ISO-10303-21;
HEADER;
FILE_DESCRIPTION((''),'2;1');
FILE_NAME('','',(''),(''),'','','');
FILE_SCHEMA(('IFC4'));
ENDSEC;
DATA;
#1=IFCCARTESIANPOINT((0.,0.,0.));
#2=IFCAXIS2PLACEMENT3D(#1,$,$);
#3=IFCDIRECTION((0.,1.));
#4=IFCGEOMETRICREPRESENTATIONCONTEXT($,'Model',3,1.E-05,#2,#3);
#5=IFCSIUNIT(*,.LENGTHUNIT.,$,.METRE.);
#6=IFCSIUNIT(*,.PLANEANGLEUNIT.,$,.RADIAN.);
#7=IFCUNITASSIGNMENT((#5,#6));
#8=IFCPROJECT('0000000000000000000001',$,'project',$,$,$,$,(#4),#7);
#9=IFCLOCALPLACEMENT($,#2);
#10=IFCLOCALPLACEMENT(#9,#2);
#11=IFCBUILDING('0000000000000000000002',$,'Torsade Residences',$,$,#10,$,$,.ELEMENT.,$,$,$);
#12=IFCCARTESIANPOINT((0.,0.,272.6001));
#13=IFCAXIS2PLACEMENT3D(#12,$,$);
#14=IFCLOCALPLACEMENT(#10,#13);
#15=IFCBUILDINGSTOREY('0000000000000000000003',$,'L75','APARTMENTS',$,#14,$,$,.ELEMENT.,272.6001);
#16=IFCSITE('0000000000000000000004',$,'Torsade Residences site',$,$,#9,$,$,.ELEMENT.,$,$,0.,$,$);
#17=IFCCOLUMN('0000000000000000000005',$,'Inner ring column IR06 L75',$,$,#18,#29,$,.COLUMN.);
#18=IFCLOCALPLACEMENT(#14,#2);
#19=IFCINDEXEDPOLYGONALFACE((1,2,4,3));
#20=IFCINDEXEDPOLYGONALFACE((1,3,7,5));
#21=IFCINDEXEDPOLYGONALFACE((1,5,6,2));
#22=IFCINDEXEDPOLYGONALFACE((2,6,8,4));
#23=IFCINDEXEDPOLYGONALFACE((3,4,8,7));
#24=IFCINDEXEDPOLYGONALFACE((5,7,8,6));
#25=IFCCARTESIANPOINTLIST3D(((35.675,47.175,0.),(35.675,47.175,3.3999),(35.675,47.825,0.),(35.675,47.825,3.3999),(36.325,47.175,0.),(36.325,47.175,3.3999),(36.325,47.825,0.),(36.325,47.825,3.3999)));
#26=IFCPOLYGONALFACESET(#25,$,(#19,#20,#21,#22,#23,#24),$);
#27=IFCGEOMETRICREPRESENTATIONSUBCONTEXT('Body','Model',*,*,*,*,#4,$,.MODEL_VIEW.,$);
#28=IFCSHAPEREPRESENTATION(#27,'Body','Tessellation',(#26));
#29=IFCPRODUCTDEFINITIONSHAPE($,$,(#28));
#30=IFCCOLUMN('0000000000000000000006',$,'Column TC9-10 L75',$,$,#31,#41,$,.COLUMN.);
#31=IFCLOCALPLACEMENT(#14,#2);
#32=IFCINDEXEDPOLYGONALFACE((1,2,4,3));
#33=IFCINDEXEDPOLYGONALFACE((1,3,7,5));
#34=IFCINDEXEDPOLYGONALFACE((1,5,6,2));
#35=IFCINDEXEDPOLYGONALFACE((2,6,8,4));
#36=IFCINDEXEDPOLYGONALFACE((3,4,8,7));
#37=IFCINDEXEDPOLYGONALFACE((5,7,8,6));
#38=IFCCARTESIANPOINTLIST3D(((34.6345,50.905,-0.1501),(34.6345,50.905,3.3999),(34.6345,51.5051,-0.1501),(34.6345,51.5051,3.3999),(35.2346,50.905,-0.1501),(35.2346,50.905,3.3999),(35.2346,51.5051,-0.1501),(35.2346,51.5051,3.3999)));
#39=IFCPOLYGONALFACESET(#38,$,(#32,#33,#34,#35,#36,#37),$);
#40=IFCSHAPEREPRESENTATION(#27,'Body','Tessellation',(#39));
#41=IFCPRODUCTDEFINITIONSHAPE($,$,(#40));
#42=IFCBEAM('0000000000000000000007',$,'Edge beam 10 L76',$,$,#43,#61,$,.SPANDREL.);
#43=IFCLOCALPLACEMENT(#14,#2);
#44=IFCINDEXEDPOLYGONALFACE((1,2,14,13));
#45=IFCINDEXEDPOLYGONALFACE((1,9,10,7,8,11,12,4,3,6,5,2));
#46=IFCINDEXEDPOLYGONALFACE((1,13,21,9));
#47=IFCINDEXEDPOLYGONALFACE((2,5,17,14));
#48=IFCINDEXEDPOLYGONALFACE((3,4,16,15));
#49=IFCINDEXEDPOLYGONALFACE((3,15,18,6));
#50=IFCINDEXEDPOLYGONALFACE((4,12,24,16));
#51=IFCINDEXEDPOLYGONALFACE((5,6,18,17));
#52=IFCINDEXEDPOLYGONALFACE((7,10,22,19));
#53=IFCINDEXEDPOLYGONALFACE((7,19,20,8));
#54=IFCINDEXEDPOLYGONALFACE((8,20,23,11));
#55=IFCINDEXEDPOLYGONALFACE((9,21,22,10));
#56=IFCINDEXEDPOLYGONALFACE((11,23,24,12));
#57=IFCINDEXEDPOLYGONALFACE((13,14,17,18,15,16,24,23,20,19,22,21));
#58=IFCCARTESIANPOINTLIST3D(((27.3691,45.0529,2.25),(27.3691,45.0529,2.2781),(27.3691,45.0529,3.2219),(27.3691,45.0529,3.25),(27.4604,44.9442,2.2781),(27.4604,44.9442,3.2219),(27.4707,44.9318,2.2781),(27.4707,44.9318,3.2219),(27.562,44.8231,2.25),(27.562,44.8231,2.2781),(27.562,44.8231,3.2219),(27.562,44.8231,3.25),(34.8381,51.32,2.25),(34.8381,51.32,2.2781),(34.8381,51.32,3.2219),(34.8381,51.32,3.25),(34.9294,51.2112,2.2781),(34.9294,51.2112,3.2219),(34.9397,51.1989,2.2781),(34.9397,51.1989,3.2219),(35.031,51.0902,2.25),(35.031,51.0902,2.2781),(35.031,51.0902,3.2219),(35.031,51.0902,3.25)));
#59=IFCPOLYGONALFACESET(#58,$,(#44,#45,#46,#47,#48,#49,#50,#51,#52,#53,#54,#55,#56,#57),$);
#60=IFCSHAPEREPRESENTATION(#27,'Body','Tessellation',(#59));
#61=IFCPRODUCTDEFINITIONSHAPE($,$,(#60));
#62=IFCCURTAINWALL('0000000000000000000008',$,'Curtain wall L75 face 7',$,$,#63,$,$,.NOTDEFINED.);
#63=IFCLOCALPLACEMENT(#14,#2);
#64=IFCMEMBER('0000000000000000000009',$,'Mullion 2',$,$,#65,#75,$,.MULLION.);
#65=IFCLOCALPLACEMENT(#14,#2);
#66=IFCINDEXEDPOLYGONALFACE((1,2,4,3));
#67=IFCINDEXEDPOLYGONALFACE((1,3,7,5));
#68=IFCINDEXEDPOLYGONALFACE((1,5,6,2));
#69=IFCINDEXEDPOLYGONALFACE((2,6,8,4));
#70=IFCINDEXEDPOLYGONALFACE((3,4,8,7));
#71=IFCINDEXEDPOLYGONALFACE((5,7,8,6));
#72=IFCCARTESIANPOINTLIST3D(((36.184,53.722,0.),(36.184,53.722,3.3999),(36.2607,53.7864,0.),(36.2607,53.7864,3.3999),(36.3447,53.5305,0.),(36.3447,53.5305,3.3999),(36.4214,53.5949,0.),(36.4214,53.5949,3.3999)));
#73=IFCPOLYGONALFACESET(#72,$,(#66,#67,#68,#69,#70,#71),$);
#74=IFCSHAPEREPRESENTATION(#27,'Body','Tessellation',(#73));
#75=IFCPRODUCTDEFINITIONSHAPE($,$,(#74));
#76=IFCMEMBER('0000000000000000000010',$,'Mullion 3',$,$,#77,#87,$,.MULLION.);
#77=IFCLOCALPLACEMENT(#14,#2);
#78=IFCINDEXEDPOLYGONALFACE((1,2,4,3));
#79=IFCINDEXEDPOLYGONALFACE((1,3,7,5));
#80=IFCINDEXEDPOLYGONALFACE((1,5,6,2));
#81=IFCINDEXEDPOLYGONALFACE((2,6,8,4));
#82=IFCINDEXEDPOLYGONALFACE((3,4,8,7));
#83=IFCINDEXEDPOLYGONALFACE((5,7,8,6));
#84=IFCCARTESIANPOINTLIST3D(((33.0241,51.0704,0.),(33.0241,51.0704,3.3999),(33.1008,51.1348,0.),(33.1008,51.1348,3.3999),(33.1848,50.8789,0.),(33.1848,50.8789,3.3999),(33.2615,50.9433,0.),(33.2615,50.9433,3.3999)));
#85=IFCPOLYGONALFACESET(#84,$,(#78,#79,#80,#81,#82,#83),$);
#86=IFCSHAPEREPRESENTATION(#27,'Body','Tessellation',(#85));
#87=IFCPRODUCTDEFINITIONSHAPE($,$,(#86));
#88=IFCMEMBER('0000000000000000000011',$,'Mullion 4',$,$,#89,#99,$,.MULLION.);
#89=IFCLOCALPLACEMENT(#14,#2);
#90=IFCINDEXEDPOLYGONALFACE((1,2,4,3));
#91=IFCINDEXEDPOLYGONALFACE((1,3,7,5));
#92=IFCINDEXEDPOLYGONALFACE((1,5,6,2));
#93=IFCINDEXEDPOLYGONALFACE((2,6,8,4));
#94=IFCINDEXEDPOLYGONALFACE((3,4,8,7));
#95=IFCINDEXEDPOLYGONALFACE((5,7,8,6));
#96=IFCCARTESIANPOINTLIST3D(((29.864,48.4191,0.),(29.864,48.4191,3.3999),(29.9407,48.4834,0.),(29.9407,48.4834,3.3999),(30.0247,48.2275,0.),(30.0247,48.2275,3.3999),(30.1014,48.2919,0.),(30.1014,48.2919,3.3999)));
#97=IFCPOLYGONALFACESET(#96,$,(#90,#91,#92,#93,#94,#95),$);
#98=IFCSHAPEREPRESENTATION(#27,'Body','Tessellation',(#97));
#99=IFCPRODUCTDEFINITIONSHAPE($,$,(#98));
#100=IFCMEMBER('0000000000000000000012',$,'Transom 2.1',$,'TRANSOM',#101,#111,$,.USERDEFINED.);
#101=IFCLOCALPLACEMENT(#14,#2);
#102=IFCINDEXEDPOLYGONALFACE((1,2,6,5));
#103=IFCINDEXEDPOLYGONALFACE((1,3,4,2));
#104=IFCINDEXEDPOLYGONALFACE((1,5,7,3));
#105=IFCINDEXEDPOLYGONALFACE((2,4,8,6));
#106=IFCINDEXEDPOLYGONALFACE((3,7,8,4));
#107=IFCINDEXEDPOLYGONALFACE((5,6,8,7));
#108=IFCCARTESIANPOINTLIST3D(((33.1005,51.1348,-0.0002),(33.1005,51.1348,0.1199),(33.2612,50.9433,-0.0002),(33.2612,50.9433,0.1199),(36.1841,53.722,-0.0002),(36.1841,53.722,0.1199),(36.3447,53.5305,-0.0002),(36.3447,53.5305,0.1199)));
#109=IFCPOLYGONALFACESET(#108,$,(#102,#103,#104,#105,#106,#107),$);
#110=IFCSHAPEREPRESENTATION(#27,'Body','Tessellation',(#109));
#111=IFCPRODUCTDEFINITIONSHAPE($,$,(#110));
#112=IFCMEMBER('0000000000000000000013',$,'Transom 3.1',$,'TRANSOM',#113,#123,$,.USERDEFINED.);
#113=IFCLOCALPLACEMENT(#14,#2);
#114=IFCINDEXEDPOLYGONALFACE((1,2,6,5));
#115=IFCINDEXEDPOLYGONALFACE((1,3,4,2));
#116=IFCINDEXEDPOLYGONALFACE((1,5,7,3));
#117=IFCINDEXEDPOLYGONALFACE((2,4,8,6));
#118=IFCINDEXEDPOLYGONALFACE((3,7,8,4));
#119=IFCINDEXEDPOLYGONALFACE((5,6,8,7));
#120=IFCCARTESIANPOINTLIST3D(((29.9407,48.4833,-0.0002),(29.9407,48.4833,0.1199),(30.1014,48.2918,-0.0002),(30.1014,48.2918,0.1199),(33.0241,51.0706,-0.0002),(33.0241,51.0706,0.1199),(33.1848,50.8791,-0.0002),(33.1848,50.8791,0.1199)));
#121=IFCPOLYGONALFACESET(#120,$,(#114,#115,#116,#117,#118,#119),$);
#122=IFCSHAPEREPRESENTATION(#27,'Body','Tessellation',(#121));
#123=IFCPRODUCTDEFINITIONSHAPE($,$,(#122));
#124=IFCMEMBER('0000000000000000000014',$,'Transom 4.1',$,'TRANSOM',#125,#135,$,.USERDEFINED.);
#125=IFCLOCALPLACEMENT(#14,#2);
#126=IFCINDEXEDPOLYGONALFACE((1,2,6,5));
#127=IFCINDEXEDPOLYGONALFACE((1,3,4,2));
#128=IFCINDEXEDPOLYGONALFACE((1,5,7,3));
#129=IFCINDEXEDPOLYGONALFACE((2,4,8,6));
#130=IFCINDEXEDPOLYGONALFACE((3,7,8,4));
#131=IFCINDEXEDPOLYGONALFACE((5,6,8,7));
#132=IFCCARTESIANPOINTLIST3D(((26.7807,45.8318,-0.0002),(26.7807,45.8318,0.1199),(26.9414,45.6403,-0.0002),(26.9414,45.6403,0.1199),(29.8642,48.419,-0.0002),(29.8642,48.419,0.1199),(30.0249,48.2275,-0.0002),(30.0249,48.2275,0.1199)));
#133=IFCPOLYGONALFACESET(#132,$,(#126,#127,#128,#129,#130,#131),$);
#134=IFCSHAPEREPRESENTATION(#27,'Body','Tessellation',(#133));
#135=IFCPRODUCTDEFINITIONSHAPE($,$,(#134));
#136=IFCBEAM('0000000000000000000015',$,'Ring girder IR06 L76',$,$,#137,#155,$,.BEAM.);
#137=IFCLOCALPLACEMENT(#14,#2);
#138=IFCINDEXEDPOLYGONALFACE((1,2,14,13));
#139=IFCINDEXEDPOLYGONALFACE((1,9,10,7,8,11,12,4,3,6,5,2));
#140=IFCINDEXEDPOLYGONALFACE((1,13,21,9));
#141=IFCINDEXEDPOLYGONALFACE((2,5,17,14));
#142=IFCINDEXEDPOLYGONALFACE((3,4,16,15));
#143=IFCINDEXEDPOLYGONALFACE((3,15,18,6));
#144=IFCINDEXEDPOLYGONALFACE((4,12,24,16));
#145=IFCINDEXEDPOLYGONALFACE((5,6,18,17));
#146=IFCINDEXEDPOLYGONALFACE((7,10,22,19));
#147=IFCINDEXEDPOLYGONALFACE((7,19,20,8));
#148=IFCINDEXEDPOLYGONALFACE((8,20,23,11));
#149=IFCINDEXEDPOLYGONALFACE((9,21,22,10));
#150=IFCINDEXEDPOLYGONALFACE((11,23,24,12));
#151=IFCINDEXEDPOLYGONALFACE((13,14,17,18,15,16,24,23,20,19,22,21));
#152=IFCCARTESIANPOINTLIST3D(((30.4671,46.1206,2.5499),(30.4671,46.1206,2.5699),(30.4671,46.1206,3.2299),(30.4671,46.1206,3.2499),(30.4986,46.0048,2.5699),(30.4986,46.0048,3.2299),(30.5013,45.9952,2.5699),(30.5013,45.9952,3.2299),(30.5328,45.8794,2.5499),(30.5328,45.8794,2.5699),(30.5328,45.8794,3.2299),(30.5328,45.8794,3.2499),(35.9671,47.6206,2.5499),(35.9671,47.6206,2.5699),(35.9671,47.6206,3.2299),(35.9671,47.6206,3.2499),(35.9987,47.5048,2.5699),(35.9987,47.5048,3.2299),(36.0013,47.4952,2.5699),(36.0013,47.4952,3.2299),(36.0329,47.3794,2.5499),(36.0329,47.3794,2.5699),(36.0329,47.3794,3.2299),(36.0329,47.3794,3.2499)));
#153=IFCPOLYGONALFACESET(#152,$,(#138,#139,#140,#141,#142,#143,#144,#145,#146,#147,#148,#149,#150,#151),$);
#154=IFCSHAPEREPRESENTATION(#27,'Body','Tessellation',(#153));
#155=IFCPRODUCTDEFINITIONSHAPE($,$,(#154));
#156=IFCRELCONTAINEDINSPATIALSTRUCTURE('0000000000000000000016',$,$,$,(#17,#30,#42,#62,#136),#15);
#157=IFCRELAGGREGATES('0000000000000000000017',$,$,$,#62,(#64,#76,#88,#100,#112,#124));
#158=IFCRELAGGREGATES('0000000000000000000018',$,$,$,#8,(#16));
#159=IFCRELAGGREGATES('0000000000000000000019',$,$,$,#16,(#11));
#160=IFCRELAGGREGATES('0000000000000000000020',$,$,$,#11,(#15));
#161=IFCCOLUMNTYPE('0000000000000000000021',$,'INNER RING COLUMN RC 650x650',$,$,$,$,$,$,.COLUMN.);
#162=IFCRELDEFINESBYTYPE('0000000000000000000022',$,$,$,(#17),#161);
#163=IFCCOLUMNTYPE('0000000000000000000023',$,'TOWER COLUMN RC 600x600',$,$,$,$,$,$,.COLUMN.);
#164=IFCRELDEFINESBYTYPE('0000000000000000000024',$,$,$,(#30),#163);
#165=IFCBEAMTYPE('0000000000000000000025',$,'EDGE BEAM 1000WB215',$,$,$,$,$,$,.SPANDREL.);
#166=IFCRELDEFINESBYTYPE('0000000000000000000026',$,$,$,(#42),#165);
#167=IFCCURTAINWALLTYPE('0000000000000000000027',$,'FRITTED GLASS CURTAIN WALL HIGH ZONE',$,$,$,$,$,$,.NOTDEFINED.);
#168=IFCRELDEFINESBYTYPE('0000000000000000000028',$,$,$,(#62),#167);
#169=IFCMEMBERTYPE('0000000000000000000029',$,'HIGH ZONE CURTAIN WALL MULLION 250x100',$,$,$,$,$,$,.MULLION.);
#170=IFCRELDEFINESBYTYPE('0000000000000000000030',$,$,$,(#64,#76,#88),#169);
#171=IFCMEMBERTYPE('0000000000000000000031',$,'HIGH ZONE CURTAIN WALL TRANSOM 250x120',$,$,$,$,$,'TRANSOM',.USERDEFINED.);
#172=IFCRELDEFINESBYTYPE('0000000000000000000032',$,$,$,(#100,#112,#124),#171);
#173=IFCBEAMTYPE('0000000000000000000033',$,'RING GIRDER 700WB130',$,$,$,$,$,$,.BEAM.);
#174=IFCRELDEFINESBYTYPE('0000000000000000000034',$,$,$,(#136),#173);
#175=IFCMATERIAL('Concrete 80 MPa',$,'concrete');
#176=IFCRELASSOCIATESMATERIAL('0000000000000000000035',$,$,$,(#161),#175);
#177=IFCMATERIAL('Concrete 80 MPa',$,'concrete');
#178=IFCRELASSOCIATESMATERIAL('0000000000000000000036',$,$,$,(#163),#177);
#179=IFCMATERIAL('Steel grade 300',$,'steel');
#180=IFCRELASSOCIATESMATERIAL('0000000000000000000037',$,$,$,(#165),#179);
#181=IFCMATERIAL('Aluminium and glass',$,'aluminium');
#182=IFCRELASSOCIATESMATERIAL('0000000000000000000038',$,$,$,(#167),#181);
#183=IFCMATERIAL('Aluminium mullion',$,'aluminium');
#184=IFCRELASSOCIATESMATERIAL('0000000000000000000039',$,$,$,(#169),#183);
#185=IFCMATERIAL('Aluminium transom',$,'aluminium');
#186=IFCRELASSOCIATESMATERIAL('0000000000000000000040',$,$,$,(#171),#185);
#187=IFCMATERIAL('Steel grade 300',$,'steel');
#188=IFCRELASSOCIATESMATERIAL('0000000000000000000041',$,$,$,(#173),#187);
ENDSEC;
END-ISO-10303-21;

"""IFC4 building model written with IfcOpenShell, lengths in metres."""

from ifc_helpers import new_model, si_unit, direction, frame, origin, origin_2d, place, context, subcontext, project, spatial, rectangle, i_section, extrude, material, material_profile, profile_set, type_object, element, aggregate, save


model = new_model("IFC4")

# Units and contexts
model_context = context("Model", 3, precision=1e-05, world=origin(), true_north=direction((0.0, 1.0)))
body_context = subcontext(model_context, "Body", "Model", "MODEL_VIEW")
ifc_project = project(units=[si_unit("LENGTHUNIT", "METRE"), si_unit("PLANEANGLEUNIT", "RADIAN")], contexts=[model_context])

# Site, building, storey
site_placement = place(None, origin())
site = spatial("IfcSite", under=ifc_project, at=site_placement, Name="Torsade Residences site", CompositionType="ELEMENT", RefElevation=0.0)
building_placement = place(site_placement, origin())
building = spatial("IfcBuilding", under=site, at=building_placement, Name="Torsade Residences", CompositionType="ELEMENT")
storey_placement = place(building_placement, frame((0.0, 0.0, 272.6001)))
storey = spatial("IfcBuildingStorey", under=building, at=storey_placement, Name="L75", Description="APARTMENTS", CompositionType="ELEMENT", Elevation=272.6001)

# Columns
ifc_material_1 = material(Name="Concrete 80 MPa", Category="concrete")
ifc_material_profile_1 = material_profile(ifc_material_1, rectangle(XDim=0.6499, YDim=0.6499, at=origin_2d()), Name="RC 650x650")
ifc_profile_set_1 = profile_set([ifc_material_profile_1], Name="Concrete 80 MPa")
column_type_1 = type_object("IfcColumnType", Name="INNER RING COLUMN RC 650x650", PredefinedType="COLUMN", material=ifc_profile_set_1)
column_1_placement = place(storey_placement, frame((36.0, 47.5, 0.0), z_axis=(0.0, 0.0, 1.0), x_axis=(1.0, 0.0, 0.0)))
element("IfcColumn", 1, at=column_1_placement, inside=storey, type_object=column_type_1, Name="Inner ring column IR06 L75", PredefinedType="COLUMN", context=body_context, shape_type="SweptSolid", body=[
    extrude(rectangle(XDim=0.6499, YDim=0.6499, at=origin_2d()), origin(), (0.0, 0.0, 1.0), 3.3999),
])
ifc_material_2 = material(Name="Concrete 80 MPa", Category="concrete")
ifc_material_profile_2 = material_profile(ifc_material_2, rectangle(XDim=0.6001, YDim=0.6001, at=origin_2d()), Name="RC 600x600")
ifc_profile_set_2 = profile_set([ifc_material_profile_2], Name="Concrete 80 MPa")
column_type_2 = type_object("IfcColumnType", Name="TOWER COLUMN RC 600x600", PredefinedType="COLUMN", material=ifc_profile_set_2)
column_2_placement = place(storey_placement, frame((34.9346, 51.2051, -0.1501), z_axis=(0.0, 0.0, 1.0), x_axis=(1.0, 0.0, 0.0)))
element("IfcColumn", 2, at=column_2_placement, inside=storey, type_object=column_type_2, Name="Column TC9-10 L75", PredefinedType="COLUMN", context=body_context, shape_type="SweptSolid", body=[
    extrude(rectangle(XDim=0.6001, YDim=0.6001, at=origin_2d()), origin(), (0.0, 0.0, 1.0), 3.55),
])

# Beam
ifc_material_3 = material(Name="Steel grade 300", Category="steel")
ifc_material_profile_3 = material_profile(ifc_material_3, i_section(OverallWidth=0.3, OverallDepth=1.0, WebThickness=0.0161, FlangeThickness=0.0281, at=origin_2d()), Name="1000WB215")
ifc_profile_set_3 = profile_set([ifc_material_profile_3], Name="Steel grade 300")
beam_type_1 = type_object("IfcBeamType", Name="EDGE BEAM 1000WB215", PredefinedType="SPANDREL", material=ifc_profile_set_3)
beam_1_placement = place(storey_placement, frame((34.9346, 51.2051, 2.75), z_axis=(-0.766052, -0.642779, 0.0), x_axis=(0.642779, -0.766052, 0.0)))
element("IfcBeam", 3, at=beam_1_placement, inside=storey, type_object=beam_type_1, Name="Edge beam 10 L76", PredefinedType="SPANDREL", context=body_context, shape_type="SweptSolid", body=[
    extrude(i_section(OverallWidth=0.3, OverallDepth=1.0, WebThickness=0.0161, FlangeThickness=0.0281, at=origin_2d()), origin(), (0.0, 0.0, 1.0), 9.75),
])

# Curtain wall, members
ifc_material_4 = material(Name="Aluminium and glass", Category="aluminium")
curtain_wall_type = type_object("IfcCurtainWallType", Name="FRITTED GLASS CURTAIN WALL HIGH ZONE", PredefinedType="NOTDEFINED", material=ifc_material_4)
curtain_wall_placement = place(storey_placement, origin())
curtain_wall = element("IfcCurtainWall", 4, at=curtain_wall_placement, inside=storey, type_object=curtain_wall_type, Name="Curtain wall L75 face 7", PredefinedType="NOTDEFINED")
ifc_material_5 = material(Name="Aluminium mullion", Category="aluminium")
ifc_material_profile_4 = material_profile(ifc_material_5, rectangle(XDim=0.25, YDim=0.1001, at=origin_2d()), Name="HIGH ZONE CURTAIN WALL MULLION 250x100")
ifc_profile_set_4 = profile_set([ifc_material_profile_4], Name="Aluminium mullion")
member_type_1 = type_object("IfcMemberType", Name="HIGH ZONE CURTAIN WALL MULLION 250x100", PredefinedType="MULLION", material=ifc_profile_set_4)
member_1_placement = place(storey_placement, frame((36.3027, 53.6584, 0.0), z_axis=(0.0, 0.0, 1.0), x_axis=(0.642788, -0.766044, 0.0)))
member_1 = element("IfcMember", 5, at=member_1_placement, type_object=member_type_1, Name="Mullion 2", PredefinedType="MULLION", context=body_context, shape_type="SweptSolid", body=[
    extrude(rectangle(XDim=0.25, YDim=0.1001, at=origin_2d()), origin(), (0.0, 0.0, 1.0), 3.3999),
])
member_2_placement = place(storey_placement, frame((33.1428, 51.0068, 0.0), z_axis=(0.0, 0.0, 1.0), x_axis=(0.642788, -0.766044, 0.0)))
member_2 = element("IfcMember", 6, at=member_2_placement, type_object=member_type_1, Name="Mullion 3", PredefinedType="MULLION", context=body_context, shape_type="SweptSolid", body=[
    extrude(rectangle(XDim=0.25, YDim=0.1001, at=origin_2d()), origin(), (0.0, 0.0, 1.0), 3.3999),
])
member_3_placement = place(storey_placement, frame((29.9827, 48.3555, 0.0), z_axis=(0.0, 0.0, 1.0), x_axis=(0.642788, -0.766044, 0.0)))
member_3 = element("IfcMember", 7, at=member_3_placement, type_object=member_type_1, Name="Mullion 4", PredefinedType="MULLION", context=body_context, shape_type="SweptSolid", body=[
    extrude(rectangle(XDim=0.25, YDim=0.1001, at=origin_2d()), origin(), (0.0, 0.0, 1.0), 3.3999),
])
ifc_material_6 = material(Name="Aluminium transom", Category="aluminium")
ifc_material_profile_5 = material_profile(ifc_material_6, rectangle(XDim=0.25, YDim=0.1201, at=origin_2d()), Name="HIGH ZONE CURTAIN WALL TRANSOM 250x120")
ifc_profile_set_5 = profile_set([ifc_material_profile_5], Name="Aluminium transom")
member_type_2 = type_object("IfcMemberType", Name="HIGH ZONE CURTAIN WALL TRANSOM 250x120", ElementType="TRANSOM", PredefinedType="USERDEFINED", material=ifc_profile_set_5)
member_4_placement = place(storey_placement, frame((36.2644, 53.6262, 0.0598), z_axis=(-0.766069, -0.642758, 0.0), x_axis=(0.642758, -0.766069, 0.0)))
member_4 = element("IfcMember", 8, at=member_4_placement, type_object=member_type_2, Name="Transom 2.1", ObjectType="TRANSOM", PredefinedType="USERDEFINED", context=body_context, shape_type="SweptSolid", body=[
    extrude(rectangle(XDim=0.25, YDim=0.1201, at=origin_2d()), origin(), (0.0, 0.0, 1.0), 4.0251),
])
member_5_placement = place(storey_placement, frame((33.1045, 50.9749, 0.0598), z_axis=(-0.766039, -0.642794, 0.0), x_axis=(0.642794, -0.766039, 0.0)))
member_5 = element("IfcMember", 9, at=member_5_placement, type_object=member_type_2, Name="Transom 3.1", ObjectType="TRANSOM", PredefinedType="USERDEFINED", context=body_context, shape_type="SweptSolid", body=[
    extrude(rectangle(XDim=0.25, YDim=0.1201, at=origin_2d()), origin(), (0.0, 0.0, 1.0), 4.0251),
])
member_6_placement = place(storey_placement, frame((29.9446, 48.3232, 0.0598), z_axis=(-0.766069, -0.642758, 0.0), x_axis=(0.642758, -0.766069, 0.0)))
member_6 = element("IfcMember", 10, at=member_6_placement, type_object=member_type_2, Name="Transom 4.1", ObjectType="TRANSOM", PredefinedType="USERDEFINED", context=body_context, shape_type="SweptSolid", body=[
    extrude(rectangle(XDim=0.25, YDim=0.1201, at=origin_2d()), origin(), (0.0, 0.0, 1.0), 4.0251),
])

# Beam
ifc_material_7 = material(Name="Steel grade 300", Category="steel")
ifc_material_profile_6 = material_profile(ifc_material_7, i_section(OverallWidth=0.25, OverallDepth=0.7, WebThickness=0.01, FlangeThickness=0.02, at=origin_2d()), Name="700WB130")
ifc_profile_set_6 = profile_set([ifc_material_profile_6], Name="Steel grade 300")
beam_type_2 = type_object("IfcBeamType", Name="RING GIRDER 700WB130", PredefinedType="BEAM", material=ifc_profile_set_6)
beam_2_placement = place(storey_placement, frame((36.0, 47.5, 2.8999), z_axis=(-0.964764, -0.263117, 0.0), x_axis=(0.263117, -0.964764, 0.0)))
element("IfcBeam", 11, at=beam_2_placement, inside=storey, type_object=beam_type_2, Name="Ring girder IR06 L76", PredefinedType="BEAM", context=body_context, shape_type="SweptSolid", body=[
    extrude(i_section(OverallWidth=0.25, OverallDepth=0.7, WebThickness=0.01, FlangeThickness=0.02, at=origin_2d()), origin(), (0.0, 0.0, 1.0), 5.7009),
])

aggregate(curtain_wall, [member_1, member_2, member_3, member_4, member_5, member_6])

save(model, "model.ifc")
